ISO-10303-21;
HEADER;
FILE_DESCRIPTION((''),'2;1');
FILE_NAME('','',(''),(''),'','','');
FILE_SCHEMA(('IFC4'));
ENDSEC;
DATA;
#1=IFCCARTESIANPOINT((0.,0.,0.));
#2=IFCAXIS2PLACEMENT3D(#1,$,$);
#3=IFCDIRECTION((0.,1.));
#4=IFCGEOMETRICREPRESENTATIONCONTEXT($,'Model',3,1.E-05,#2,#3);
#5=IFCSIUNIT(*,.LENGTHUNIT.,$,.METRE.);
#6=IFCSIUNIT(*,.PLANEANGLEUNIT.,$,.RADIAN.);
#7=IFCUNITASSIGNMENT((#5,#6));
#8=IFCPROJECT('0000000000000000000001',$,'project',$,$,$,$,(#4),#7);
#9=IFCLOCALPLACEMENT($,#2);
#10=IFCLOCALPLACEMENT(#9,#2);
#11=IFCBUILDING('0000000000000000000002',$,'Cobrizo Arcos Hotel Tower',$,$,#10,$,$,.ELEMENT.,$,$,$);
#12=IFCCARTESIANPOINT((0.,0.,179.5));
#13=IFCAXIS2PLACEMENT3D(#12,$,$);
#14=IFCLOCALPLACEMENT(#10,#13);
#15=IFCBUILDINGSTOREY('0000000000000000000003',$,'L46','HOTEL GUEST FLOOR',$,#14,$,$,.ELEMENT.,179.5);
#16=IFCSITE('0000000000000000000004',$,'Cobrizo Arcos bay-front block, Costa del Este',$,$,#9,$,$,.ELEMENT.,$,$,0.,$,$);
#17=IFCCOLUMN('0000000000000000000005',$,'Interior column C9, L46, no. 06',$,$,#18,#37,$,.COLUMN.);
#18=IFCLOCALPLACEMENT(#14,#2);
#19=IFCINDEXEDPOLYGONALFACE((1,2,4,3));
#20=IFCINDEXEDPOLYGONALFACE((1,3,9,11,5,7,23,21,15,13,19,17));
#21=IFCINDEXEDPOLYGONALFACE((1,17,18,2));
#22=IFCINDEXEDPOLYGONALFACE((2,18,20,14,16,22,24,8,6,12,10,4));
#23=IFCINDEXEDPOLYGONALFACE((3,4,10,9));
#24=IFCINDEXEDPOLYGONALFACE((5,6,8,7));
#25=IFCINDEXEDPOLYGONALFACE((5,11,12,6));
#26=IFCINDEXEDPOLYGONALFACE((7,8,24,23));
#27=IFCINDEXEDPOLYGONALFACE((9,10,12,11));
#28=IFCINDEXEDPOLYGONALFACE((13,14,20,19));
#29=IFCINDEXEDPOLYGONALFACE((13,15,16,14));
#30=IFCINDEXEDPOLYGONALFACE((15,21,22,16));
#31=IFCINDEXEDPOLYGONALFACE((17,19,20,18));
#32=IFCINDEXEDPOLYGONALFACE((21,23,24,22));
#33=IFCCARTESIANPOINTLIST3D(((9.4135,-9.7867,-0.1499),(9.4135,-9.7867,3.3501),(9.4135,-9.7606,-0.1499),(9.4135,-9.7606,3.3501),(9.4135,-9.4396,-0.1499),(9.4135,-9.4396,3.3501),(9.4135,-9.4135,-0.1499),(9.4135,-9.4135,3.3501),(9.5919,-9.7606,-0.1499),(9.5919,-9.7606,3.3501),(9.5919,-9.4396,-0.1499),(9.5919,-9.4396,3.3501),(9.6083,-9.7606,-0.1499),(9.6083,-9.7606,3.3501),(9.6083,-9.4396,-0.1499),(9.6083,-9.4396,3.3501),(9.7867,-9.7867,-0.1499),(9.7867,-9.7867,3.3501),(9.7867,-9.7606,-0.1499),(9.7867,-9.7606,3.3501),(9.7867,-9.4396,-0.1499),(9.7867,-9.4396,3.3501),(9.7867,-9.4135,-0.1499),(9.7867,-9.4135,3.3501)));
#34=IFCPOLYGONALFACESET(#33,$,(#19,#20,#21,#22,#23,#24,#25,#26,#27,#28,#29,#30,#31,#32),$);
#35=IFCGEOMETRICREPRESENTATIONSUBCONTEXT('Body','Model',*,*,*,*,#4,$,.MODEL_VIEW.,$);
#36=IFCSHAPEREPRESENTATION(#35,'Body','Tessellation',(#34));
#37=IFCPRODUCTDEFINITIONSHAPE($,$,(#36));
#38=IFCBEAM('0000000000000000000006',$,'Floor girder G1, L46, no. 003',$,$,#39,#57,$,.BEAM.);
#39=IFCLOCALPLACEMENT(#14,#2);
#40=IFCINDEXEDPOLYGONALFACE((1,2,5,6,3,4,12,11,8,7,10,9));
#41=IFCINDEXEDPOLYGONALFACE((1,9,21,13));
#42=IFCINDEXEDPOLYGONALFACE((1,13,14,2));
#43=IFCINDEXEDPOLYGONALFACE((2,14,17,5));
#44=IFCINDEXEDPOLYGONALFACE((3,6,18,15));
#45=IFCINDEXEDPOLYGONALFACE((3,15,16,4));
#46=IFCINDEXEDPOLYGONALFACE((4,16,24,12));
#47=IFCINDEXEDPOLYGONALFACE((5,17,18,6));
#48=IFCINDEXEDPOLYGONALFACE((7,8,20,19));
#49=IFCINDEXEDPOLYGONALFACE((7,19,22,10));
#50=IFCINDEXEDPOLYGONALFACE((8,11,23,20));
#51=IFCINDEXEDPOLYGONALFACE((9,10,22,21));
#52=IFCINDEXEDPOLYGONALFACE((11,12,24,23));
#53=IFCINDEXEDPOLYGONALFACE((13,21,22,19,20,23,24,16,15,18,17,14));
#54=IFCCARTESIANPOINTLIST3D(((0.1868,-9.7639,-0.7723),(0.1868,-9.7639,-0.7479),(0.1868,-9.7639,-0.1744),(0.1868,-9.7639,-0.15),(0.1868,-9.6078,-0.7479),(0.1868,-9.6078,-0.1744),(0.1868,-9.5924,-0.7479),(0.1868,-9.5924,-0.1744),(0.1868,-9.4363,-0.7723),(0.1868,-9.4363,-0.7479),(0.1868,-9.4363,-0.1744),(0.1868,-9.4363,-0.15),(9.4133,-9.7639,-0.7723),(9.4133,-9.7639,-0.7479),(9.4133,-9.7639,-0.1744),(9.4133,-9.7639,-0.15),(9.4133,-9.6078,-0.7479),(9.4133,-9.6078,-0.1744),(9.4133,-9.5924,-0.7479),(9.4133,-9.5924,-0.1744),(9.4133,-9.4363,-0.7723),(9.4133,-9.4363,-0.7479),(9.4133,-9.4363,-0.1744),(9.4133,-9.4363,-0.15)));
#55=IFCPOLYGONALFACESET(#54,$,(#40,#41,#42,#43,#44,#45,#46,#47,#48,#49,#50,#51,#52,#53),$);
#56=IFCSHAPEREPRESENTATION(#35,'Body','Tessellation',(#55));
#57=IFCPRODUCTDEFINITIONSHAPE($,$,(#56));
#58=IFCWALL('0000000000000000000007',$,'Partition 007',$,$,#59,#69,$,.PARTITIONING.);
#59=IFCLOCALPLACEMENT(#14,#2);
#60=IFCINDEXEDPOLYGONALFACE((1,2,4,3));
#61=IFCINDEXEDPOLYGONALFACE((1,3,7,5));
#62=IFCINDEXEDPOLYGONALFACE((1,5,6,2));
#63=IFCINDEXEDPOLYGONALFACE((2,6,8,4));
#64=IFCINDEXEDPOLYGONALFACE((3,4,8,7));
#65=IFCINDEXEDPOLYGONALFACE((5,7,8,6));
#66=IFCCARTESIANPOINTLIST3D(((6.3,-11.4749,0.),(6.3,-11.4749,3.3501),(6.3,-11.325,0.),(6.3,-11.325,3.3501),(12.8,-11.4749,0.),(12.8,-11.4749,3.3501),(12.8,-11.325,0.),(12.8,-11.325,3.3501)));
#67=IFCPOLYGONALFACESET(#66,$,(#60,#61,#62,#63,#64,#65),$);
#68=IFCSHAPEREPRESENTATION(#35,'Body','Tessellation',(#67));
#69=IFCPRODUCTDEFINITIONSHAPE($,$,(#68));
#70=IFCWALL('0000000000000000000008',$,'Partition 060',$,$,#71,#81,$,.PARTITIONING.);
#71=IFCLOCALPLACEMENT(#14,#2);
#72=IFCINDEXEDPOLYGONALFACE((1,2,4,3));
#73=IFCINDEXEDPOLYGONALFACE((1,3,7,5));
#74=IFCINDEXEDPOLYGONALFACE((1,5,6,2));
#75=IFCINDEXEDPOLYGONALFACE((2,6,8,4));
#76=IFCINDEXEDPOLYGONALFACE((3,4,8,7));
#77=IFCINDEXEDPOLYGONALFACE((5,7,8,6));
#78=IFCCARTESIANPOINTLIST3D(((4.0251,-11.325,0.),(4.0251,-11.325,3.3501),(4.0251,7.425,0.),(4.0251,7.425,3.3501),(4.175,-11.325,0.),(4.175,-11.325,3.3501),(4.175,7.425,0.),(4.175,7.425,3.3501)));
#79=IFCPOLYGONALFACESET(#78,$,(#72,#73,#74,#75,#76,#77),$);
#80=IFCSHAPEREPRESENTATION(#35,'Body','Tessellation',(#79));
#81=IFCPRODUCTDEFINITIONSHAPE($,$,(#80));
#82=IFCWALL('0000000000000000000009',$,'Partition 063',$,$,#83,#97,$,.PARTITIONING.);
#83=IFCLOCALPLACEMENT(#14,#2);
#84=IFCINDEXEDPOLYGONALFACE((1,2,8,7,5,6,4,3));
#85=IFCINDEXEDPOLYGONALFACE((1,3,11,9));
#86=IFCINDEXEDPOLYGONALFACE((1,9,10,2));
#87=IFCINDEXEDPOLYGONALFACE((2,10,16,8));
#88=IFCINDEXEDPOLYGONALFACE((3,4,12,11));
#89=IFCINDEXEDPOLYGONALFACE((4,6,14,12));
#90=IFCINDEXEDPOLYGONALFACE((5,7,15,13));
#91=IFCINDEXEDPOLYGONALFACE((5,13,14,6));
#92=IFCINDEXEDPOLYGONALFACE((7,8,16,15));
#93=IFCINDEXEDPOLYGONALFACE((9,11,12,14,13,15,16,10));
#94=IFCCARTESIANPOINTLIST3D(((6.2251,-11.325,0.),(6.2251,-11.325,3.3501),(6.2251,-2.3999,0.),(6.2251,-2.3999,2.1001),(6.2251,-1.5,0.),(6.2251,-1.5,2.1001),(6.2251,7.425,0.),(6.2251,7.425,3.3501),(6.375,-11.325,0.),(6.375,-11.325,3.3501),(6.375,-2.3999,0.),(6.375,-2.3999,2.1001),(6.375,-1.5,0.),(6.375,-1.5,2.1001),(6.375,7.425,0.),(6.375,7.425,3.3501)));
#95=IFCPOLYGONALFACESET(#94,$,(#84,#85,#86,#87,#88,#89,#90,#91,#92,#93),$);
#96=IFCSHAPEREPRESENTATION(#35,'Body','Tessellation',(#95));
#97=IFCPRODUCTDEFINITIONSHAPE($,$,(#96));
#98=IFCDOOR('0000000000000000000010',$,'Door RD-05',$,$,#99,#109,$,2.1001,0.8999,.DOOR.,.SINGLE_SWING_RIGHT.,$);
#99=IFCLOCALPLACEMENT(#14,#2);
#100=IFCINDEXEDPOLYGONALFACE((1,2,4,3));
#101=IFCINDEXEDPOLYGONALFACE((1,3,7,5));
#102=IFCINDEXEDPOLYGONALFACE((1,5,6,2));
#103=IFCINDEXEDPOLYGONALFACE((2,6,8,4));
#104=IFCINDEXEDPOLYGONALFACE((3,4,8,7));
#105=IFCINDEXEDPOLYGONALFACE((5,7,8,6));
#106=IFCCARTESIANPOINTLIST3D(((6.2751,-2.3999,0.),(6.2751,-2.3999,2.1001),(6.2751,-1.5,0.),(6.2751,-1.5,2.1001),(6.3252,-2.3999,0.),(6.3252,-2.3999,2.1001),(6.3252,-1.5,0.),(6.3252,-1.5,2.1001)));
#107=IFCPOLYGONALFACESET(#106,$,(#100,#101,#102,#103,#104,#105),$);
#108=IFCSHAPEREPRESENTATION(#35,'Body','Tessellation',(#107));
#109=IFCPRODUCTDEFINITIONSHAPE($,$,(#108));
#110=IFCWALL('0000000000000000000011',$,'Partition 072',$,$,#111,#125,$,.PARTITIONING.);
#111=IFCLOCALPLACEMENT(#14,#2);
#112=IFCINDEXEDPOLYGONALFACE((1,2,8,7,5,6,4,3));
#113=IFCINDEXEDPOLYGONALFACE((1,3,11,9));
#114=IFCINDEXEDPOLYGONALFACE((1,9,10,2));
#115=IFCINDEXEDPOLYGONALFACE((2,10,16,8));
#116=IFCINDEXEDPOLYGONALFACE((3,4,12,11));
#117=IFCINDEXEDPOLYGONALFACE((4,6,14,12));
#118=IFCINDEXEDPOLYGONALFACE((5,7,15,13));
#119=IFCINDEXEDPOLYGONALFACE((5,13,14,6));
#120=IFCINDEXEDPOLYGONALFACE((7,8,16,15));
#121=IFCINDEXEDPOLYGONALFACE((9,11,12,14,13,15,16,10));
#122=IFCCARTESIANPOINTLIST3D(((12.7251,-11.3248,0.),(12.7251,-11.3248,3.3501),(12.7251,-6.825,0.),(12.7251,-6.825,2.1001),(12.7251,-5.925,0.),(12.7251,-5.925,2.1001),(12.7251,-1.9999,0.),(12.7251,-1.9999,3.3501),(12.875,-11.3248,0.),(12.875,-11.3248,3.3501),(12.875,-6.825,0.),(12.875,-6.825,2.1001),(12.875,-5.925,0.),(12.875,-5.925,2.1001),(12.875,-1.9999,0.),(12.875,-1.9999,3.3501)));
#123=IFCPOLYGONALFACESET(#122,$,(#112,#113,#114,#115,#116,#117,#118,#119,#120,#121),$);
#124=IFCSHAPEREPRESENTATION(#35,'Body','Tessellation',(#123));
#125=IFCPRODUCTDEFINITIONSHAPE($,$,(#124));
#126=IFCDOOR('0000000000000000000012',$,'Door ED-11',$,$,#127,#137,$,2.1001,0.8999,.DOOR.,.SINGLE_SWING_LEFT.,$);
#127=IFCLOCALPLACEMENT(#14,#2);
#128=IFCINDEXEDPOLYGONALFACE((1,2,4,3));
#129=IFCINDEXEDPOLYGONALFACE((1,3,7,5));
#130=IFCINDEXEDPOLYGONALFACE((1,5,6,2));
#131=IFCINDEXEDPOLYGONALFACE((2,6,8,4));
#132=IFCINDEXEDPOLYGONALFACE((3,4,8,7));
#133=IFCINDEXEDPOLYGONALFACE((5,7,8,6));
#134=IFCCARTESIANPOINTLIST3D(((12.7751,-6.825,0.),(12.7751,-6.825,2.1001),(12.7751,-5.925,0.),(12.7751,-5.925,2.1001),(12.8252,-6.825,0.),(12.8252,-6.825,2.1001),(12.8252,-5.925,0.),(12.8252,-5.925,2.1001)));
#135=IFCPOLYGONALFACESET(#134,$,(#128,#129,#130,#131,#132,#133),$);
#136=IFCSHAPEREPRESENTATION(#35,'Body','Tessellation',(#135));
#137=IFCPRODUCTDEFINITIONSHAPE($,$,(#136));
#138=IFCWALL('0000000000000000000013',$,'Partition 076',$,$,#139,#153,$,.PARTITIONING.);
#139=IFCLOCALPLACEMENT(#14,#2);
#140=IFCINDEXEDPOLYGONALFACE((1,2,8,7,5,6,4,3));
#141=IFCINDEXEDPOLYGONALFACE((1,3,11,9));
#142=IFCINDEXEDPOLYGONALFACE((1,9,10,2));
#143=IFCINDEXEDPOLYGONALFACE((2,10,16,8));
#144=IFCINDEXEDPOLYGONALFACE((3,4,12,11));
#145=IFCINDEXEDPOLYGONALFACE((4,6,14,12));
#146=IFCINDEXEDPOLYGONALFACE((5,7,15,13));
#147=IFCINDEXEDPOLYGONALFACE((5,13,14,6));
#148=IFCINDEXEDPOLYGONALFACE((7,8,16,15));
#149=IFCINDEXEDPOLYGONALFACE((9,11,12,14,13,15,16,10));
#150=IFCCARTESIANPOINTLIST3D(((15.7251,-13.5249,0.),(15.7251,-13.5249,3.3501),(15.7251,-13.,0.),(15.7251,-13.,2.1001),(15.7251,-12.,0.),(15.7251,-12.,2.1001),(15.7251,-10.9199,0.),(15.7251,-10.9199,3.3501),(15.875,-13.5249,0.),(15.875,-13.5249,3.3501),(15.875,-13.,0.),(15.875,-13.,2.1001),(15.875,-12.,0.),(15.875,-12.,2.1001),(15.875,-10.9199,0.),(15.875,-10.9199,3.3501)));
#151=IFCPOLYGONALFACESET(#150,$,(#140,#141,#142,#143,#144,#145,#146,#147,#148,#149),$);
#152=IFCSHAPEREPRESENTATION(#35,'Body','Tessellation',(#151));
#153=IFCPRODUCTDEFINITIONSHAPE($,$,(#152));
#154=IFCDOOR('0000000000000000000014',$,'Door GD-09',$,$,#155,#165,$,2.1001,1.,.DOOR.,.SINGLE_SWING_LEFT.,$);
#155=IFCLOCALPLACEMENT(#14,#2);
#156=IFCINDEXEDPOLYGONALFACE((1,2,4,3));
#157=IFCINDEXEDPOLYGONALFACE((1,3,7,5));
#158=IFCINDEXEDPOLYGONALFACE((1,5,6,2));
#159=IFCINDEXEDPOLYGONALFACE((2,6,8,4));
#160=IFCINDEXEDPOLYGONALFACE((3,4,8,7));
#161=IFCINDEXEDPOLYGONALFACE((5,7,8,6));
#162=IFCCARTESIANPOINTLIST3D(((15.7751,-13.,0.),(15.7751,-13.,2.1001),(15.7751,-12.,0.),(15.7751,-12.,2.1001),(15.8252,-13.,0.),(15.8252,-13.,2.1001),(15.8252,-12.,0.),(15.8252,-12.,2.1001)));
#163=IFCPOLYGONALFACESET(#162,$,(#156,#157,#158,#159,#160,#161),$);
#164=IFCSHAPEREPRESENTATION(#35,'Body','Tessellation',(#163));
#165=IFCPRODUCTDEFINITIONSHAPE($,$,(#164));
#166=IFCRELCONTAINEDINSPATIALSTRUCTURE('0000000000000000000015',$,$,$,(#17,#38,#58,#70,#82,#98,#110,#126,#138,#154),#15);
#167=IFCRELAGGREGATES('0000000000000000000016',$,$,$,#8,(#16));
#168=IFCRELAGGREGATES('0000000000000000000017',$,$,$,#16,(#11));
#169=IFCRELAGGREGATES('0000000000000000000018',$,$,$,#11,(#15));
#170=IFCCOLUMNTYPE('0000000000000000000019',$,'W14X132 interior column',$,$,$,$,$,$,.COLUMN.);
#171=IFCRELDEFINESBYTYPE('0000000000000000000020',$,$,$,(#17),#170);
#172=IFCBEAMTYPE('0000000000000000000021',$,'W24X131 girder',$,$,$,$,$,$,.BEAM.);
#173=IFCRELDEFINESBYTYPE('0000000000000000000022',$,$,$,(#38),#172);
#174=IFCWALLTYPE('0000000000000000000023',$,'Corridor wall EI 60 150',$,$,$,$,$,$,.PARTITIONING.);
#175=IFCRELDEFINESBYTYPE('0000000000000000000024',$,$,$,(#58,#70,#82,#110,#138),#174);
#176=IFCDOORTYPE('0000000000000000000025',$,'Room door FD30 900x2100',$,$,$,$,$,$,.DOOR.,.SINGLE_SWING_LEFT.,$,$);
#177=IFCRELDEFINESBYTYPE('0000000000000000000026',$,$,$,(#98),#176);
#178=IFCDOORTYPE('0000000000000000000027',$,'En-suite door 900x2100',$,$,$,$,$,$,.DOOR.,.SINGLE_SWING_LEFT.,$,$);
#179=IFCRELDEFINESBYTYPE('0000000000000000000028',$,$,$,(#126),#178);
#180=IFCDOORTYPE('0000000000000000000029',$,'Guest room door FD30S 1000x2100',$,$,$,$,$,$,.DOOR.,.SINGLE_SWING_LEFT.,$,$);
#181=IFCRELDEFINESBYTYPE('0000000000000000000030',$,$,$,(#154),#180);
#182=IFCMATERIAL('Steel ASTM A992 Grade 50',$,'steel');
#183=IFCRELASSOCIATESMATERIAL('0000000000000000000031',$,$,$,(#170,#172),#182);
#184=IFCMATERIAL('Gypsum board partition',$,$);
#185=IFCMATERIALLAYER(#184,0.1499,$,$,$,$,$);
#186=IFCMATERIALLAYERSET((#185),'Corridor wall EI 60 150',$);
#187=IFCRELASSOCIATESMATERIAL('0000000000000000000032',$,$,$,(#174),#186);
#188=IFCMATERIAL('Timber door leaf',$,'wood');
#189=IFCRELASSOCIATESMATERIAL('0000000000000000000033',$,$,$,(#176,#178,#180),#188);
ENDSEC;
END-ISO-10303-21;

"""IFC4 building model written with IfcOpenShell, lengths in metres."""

from ifc_helpers import new_model, si_unit, direction, frame, frame_2d, origin, origin_2d, place, context, subcontext, project, spatial, rectangle, i_section, extrude, material, layer, layer_set, material_profile, profile_set, type_object, element, fill, save


model = new_model("IFC4")

# Units and contexts
model_context = context("Model", 3, precision=1e-05, world=origin(), true_north=direction((0.0, 1.0)))
body_context = subcontext(model_context, "Body", "Model", "MODEL_VIEW")
ifc_project = project(units=[si_unit("LENGTHUNIT", "METRE"), si_unit("PLANEANGLEUNIT", "RADIAN")], contexts=[model_context])

# Site, building, storey
site_placement = place(None, origin())
site = spatial("IfcSite", under=ifc_project, at=site_placement, Name="Cobrizo Arcos bay-front block, Costa del Este", CompositionType="ELEMENT", RefElevation=0.0)
building_placement = place(site_placement, origin())
building = spatial("IfcBuilding", under=site, at=building_placement, Name="Cobrizo Arcos Hotel Tower", CompositionType="ELEMENT")
storey_placement = place(building_placement, frame((0.0, 0.0, 179.5)))
storey = spatial("IfcBuildingStorey", under=building, at=storey_placement, Name="L46", Description="HOTEL GUEST FLOOR", CompositionType="ELEMENT", Elevation=179.5)

# Column
ifc_material_1 = material(Name="Steel ASTM A992 Grade 50", Category="steel")
ifc_material_profile_1 = material_profile(ifc_material_1, i_section(OverallWidth=0.3733, OverallDepth=0.3733, WebThickness=0.0164, FlangeThickness=0.0261, at=origin_2d()), Name="W14X132")
ifc_profile_set_1 = profile_set([ifc_material_profile_1], Name="Steel ASTM A992 Grade 50")
column_type = type_object("IfcColumnType", Name="W14X132 interior column", PredefinedType="COLUMN", material=ifc_profile_set_1)
column_placement = place(storey_placement, frame((9.6001, -9.6001, -0.1499), z_axis=(0.0, 0.0, 1.0), x_axis=(1.0, 0.0, 0.0)))
element("IfcColumn", 1, at=column_placement, inside=storey, type_object=column_type, Name="Interior column C9, L46, no. 06", PredefinedType="COLUMN", context=body_context, shape_type="SweptSolid", body=[
    extrude(i_section(OverallWidth=0.3733, OverallDepth=0.3733, WebThickness=0.0164, FlangeThickness=0.0261, at=origin_2d()), origin(), (0.0, 0.0, 1.0), 3.5),
])

# Beam
ifc_material_profile_2 = material_profile(ifc_material_1, i_section(OverallWidth=0.3276, OverallDepth=0.6223, WebThickness=0.0154, FlangeThickness=0.0244, at=origin_2d()), Name="W24X131")
ifc_profile_set_2 = profile_set([ifc_material_profile_2], Name="Steel ASTM A992 Grade 50")
beam_type = type_object("IfcBeamType", Name="W24X131 girder", PredefinedType="BEAM", material=ifc_profile_set_2)
beam_placement = place(storey_placement, frame((0.1868, -9.6001, -0.4612), z_axis=(1.0, 0.0, 0.0), x_axis=(0.0, 1.0, 0.0)))
element("IfcBeam", 2, at=beam_placement, inside=storey, type_object=beam_type, Name="Floor girder G1, L46, no. 003", PredefinedType="BEAM", context=body_context, shape_type="SweptSolid", body=[
    extrude(i_section(OverallWidth=0.3276, OverallDepth=0.6223, WebThickness=0.0154, FlangeThickness=0.0244, at=origin_2d()), origin(), (0.0, 0.0, 1.0), 9.2266),
])

# Walls
ifc_material_2 = material(Name="Gypsum board partition")
ifc_layer_1 = layer(ifc_material_2, 0.1499)
ifc_layer_set_1 = layer_set([ifc_layer_1], Name="Corridor wall EI 60 150")
wall_type_1 = type_object("IfcWallType", Name="Corridor wall EI 60 150", PredefinedType="PARTITIONING", material=ifc_layer_set_1)
wall_1_placement = place(storey_placement, frame((6.3, -11.3999, 0.0), z_axis=(0.0, 0.0, 1.0), x_axis=(1.0, 0.0, 0.0)))
element("IfcWall", 3, at=wall_1_placement, inside=storey, type_object=wall_type_1, Name="Partition 007", PredefinedType="PARTITIONING", context=body_context, shape_type="SweptSolid", body=[
    extrude(rectangle(XDim=6.5, YDim=0.1499, at=frame_2d((3.25, 0.0))), origin(), (0.0, 0.0, 1.0), 3.3501),
])
wall_2_placement = place(storey_placement, frame((4.1001, -11.325, 0.0), z_axis=(0.0, 0.0, 1.0), x_axis=(0.0, 1.0, 0.0)))
element("IfcWall", 4, at=wall_2_placement, inside=storey, type_object=wall_type_1, Name="Partition 060", PredefinedType="PARTITIONING", context=body_context, shape_type="SweptSolid", body=[
    extrude(rectangle(XDim=18.75, YDim=0.1499, at=frame_2d((9.375, 0.0))), origin(), (0.0, 0.0, 1.0), 3.3501),
])

# Walls, openings, doors
wall_3_placement = place(storey_placement, frame((6.3, -11.325, 0.0), z_axis=(0.0, 0.0, 1.0), x_axis=(0.0, 1.0, 0.0)))
wall_3 = element("IfcWall", 5, at=wall_3_placement, inside=storey, type_object=wall_type_1, Name="Partition 063", PredefinedType="PARTITIONING", context=body_context, shape_type="SweptSolid", body=[
    extrude(rectangle(XDim=18.75, YDim=0.1499, at=frame_2d((9.375, 0.0))), origin(), (0.0, 0.0, 1.0), 3.3501),
])
opening_1_placement = place(wall_3_placement, frame((8.925, 0.0, 0.0)))
opening_1 = element("IfcOpeningElement", 6, at=opening_1_placement, cuts=wall_3, PredefinedType="OPENING", context=body_context, shape_type="SweptSolid", body=[
    extrude(rectangle(XDim=0.8999, YDim=2.1001, at=frame_2d((0.45, 1.05))), frame((0.0, 0.0869, 0.0), z_axis=(0.0, -1.0, 0.0), x_axis=(1.0, 0.0, 0.0)), (0.0, 0.0, 1.0), 0.1738),
])
ifc_material_3 = material(Name="Timber door leaf", Category="wood")
door_type_1 = type_object("IfcDoorType", Name="Room door FD30 900x2100", OperationType="SINGLE_SWING_LEFT", PredefinedType="DOOR", material=ifc_material_3)
door_1_placement = place(opening_1_placement, origin())
door_1 = element("IfcDoor", 7, at=door_1_placement, inside=storey, type_object=door_type_1, Name="Door RD-05", OperationType="SINGLE_SWING_RIGHT", OverallHeight=2.1001, OverallWidth=0.8999, PredefinedType="DOOR", context=body_context, shape_type="SweptSolid", body=[
    extrude(rectangle(XDim=0.8999, YDim=2.1001, at=frame_2d((0.45, 1.05))), frame((0.0, 0.0249, 0.0), z_axis=(0.0, -1.0, 0.0), x_axis=(1.0, 0.0, 0.0)), (0.0, 0.0, 1.0), 0.05),
])
fill(opening_1, door_1)
wall_4_placement = place(storey_placement, frame((12.8, -11.325, 0.0), z_axis=(0.0, 0.0, 1.0), x_axis=(0.0, 1.0, 0.0)))
wall_4 = element("IfcWall", 8, at=wall_4_placement, inside=storey, type_object=wall_type_1, Name="Partition 072", PredefinedType="PARTITIONING", context=body_context, shape_type="SweptSolid", body=[
    extrude(rectangle(XDim=9.325, YDim=0.1499, at=frame_2d((4.6626, 0.0))), origin(), (0.0, 0.0, 1.0), 3.3501),
])
opening_2_placement = place(wall_4_placement, frame((4.5, 0.0, 0.0)))
opening_2 = element("IfcOpeningElement", 9, at=opening_2_placement, cuts=wall_4, PredefinedType="OPENING", context=body_context, shape_type="SweptSolid", body=[
    extrude(rectangle(XDim=0.8999, YDim=2.1001, at=frame_2d((0.45, 1.05))), frame((0.0, 0.0869, 0.0), z_axis=(0.0, -1.0, 0.0), x_axis=(1.0, 0.0, 0.0)), (0.0, 0.0, 1.0), 0.1738),
])
door_type_2 = type_object("IfcDoorType", Name="En-suite door 900x2100", OperationType="SINGLE_SWING_LEFT", PredefinedType="DOOR", material=ifc_material_3)
door_2_placement = place(opening_2_placement, origin())
door_2 = element("IfcDoor", 10, at=door_2_placement, inside=storey, type_object=door_type_2, Name="Door ED-11", OperationType="SINGLE_SWING_LEFT", OverallHeight=2.1001, OverallWidth=0.8999, PredefinedType="DOOR", context=body_context, shape_type="SweptSolid", body=[
    extrude(rectangle(XDim=0.8999, YDim=2.1001, at=frame_2d((0.45, 1.05))), frame((0.0, 0.0249, 0.0), z_axis=(0.0, -1.0, 0.0), x_axis=(1.0, 0.0, 0.0)), (0.0, 0.0, 1.0), 0.05),
])
fill(opening_2, door_2)
wall_5_placement = place(storey_placement, frame((15.8, -13.5249, 0.0), z_axis=(0.0, 0.0, 1.0), x_axis=(0.0, 1.0, 0.0)))
wall_5 = element("IfcWall", 11, at=wall_5_placement, inside=storey, type_object=wall_type_1, Name="Partition 076", PredefinedType="PARTITIONING", context=body_context, shape_type="SweptSolid", body=[
    extrude(rectangle(XDim=2.605, YDim=0.1499, at=frame_2d((1.3025, 0.0))), origin(), (0.0, 0.0, 1.0), 3.3501),
])
opening_3_placement = place(wall_5_placement, frame((0.5249, 0.0, 0.0)))
opening_3 = element("IfcOpeningElement", 12, at=opening_3_placement, cuts=wall_5, PredefinedType="OPENING", context=body_context, shape_type="SweptSolid", body=[
    extrude(rectangle(XDim=1.0, YDim=2.1001, at=frame_2d((0.5, 1.05))), frame((0.0, 0.0869, 0.0), z_axis=(0.0, -1.0, 0.0), x_axis=(1.0, 0.0, 0.0)), (0.0, 0.0, 1.0), 0.1738),
])
door_type_3 = type_object("IfcDoorType", Name="Guest room door FD30S 1000x2100", OperationType="SINGLE_SWING_LEFT", PredefinedType="DOOR", material=ifc_material_3)
door_3_placement = place(opening_3_placement, origin())
door_3 = element("IfcDoor", 13, at=door_3_placement, inside=storey, type_object=door_type_3, Name="Door GD-09", OperationType="SINGLE_SWING_LEFT", OverallHeight=2.1001, OverallWidth=1.0, PredefinedType="DOOR", context=body_context, shape_type="SweptSolid", body=[
    extrude(rectangle(XDim=1.0, YDim=2.1001, at=frame_2d((0.5, 1.05))), frame((0.0, 0.0249, 0.0), z_axis=(0.0, -1.0, 0.0), x_axis=(1.0, 0.0, 0.0)), (0.0, 0.0, 1.0), 0.05),
])
fill(opening_3, door_3)

save(model, "model.ifc")
